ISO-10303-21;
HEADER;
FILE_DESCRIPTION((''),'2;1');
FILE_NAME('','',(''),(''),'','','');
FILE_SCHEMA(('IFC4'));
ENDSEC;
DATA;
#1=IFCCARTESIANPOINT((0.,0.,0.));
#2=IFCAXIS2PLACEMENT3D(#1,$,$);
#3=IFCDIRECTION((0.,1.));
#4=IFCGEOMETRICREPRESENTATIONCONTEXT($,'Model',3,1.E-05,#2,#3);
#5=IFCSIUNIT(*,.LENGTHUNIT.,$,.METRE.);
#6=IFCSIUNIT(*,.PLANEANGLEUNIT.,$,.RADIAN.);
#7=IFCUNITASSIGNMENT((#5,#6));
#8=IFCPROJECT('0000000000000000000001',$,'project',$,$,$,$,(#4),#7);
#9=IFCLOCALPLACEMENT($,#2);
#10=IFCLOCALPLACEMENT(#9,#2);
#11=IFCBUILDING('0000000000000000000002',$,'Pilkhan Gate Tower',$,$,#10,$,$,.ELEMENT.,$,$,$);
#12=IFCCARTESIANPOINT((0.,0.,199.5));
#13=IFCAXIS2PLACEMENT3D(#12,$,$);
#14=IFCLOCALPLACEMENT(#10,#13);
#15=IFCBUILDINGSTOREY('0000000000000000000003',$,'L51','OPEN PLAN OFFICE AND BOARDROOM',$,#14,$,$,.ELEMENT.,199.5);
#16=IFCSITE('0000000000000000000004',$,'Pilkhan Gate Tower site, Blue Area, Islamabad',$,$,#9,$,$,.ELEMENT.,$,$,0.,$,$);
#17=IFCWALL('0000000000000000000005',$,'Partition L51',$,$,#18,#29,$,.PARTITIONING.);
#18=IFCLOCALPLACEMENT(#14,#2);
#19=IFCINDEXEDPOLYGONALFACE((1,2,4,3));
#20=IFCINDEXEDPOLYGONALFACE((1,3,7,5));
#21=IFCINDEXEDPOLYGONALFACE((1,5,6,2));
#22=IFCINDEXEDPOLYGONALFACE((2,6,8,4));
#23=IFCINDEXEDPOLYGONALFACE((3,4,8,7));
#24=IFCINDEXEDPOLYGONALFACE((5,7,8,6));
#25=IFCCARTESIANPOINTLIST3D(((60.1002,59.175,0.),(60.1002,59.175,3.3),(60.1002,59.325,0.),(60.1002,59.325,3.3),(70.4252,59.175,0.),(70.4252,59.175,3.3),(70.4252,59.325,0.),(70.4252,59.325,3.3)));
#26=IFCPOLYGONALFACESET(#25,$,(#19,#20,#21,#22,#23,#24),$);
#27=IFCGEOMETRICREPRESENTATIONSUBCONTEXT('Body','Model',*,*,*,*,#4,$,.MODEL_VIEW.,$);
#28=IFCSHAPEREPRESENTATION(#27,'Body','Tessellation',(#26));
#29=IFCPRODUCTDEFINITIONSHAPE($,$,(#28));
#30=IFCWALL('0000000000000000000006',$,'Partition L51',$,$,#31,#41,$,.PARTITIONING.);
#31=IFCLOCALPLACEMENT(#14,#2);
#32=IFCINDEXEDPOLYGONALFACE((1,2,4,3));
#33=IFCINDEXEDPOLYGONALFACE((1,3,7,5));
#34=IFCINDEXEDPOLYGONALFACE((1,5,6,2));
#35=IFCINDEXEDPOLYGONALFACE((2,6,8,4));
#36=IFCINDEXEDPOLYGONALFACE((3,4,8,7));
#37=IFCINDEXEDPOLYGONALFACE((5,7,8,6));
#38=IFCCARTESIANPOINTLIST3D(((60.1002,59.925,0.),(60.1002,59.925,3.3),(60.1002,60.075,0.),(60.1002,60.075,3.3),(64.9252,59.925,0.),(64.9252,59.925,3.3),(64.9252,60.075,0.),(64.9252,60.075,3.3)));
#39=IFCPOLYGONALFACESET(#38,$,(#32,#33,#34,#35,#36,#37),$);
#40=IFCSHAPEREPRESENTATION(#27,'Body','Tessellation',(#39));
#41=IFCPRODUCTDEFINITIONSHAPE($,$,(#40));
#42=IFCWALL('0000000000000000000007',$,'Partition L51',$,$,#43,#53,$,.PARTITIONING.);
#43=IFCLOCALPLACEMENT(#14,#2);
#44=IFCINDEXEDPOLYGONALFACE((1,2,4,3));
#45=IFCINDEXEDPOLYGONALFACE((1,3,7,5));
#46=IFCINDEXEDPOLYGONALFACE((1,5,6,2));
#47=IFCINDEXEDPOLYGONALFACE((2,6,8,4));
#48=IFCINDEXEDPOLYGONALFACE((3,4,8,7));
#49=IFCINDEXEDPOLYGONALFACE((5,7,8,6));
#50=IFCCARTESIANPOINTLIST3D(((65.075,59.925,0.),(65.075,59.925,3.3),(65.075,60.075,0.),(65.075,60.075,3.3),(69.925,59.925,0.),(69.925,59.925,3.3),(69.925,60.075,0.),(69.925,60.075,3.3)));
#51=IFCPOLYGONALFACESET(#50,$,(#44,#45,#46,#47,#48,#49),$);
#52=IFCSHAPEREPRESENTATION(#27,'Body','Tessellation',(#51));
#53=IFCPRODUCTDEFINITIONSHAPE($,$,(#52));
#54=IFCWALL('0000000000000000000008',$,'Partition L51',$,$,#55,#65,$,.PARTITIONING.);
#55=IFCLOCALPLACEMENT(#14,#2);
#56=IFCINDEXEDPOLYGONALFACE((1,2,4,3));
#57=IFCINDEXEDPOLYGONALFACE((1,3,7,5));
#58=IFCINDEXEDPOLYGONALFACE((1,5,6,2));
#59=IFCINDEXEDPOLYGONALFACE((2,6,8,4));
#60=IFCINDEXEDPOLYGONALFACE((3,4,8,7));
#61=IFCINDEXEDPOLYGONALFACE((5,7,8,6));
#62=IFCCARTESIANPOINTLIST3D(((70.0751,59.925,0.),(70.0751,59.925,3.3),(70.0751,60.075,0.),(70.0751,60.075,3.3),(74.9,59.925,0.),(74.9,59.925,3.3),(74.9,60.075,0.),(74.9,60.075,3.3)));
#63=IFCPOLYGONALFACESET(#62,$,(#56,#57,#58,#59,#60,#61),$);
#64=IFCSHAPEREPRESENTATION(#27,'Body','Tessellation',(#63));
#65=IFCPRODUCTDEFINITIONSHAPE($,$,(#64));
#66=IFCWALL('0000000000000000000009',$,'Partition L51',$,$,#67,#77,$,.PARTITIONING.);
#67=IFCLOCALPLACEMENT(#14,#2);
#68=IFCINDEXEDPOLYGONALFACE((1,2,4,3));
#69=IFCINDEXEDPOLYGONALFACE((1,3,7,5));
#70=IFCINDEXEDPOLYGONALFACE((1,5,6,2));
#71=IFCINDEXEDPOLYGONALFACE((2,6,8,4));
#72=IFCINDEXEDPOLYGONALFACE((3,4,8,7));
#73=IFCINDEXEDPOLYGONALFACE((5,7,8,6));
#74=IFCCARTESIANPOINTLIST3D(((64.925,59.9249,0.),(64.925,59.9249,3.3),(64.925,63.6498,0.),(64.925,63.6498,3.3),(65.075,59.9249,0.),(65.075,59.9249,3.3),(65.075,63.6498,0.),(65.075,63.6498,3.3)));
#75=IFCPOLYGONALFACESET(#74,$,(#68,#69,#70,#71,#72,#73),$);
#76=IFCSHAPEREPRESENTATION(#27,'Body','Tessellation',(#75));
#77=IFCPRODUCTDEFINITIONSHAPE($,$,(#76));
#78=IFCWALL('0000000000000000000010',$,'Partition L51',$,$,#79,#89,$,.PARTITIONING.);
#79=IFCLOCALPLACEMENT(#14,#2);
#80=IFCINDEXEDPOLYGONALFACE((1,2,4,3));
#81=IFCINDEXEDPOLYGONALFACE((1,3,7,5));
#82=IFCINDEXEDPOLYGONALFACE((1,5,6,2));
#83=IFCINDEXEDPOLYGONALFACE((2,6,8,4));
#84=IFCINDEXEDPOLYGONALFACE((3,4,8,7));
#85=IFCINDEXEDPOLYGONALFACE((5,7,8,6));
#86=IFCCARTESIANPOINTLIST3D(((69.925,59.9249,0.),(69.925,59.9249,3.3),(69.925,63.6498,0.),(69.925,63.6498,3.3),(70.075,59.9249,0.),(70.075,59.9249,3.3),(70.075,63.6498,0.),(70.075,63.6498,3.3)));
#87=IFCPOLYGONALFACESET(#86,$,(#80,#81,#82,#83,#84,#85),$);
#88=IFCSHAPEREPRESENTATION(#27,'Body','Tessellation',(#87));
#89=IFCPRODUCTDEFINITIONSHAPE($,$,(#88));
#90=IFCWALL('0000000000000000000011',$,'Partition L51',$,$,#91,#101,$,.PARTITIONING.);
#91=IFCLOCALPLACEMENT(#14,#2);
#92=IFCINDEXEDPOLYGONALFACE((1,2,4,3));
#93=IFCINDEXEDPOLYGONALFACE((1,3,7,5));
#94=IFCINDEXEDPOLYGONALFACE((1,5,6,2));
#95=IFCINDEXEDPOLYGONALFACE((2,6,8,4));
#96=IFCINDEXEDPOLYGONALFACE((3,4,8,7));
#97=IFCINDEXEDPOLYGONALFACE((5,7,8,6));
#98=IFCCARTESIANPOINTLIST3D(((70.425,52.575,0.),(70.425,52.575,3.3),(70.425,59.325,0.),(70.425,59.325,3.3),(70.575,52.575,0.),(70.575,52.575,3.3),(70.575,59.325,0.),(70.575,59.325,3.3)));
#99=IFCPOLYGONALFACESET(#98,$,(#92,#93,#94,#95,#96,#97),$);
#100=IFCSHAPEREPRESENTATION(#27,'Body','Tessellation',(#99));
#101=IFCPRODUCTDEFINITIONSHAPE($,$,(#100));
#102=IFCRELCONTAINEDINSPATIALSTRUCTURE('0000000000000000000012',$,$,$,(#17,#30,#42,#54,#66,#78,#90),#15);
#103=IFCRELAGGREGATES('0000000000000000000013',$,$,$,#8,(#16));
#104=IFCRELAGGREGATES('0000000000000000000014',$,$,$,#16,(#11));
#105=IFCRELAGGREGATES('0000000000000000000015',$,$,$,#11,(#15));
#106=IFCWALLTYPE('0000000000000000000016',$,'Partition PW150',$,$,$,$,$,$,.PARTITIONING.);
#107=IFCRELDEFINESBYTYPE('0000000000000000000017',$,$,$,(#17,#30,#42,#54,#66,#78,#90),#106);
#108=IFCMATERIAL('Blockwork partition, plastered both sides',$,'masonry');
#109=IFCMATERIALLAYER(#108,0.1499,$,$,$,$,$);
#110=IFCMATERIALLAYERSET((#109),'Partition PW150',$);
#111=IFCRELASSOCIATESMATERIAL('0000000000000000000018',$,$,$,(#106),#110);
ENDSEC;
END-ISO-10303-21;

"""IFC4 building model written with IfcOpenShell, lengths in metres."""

from ifc_helpers import new_model, si_unit, direction, frame, frame_2d, origin, place, context, subcontext, project, spatial, rectangle, extrude, material, layer, layer_set, type_object, element, save


model = new_model("IFC4")

# Units and contexts
model_context = context("Model", 3, precision=1e-05, world=origin(), true_north=direction((0.0, 1.0)))
body_context = subcontext(model_context, "Body", "Model", "MODEL_VIEW")
ifc_project = project(units=[si_unit("LENGTHUNIT", "METRE"), si_unit("PLANEANGLEUNIT", "RADIAN")], contexts=[model_context])

# Site, building, storey
site_placement = place(None, origin())
site = spatial("IfcSite", under=ifc_project, at=site_placement, Name="Pilkhan Gate Tower site, Blue Area, Islamabad", CompositionType="ELEMENT", RefElevation=0.0)
building_placement = place(site_placement, origin())
building = spatial("IfcBuilding", under=site, at=building_placement, Name="Pilkhan Gate Tower", CompositionType="ELEMENT")
storey_placement = place(building_placement, frame((0.0, 0.0, 199.5)))
storey = spatial("IfcBuildingStorey", under=building, at=storey_placement, Name="L51", Description="OPEN PLAN OFFICE AND BOARDROOM", CompositionType="ELEMENT", Elevation=199.5)

# Walls
ifc_material_1 = material(Name="Blockwork partition, plastered both sides", Category="masonry")
ifc_layer_1 = layer(ifc_material_1, 0.1499)
ifc_layer_set_1 = layer_set([ifc_layer_1], Name="Partition PW150")
wall_type_1 = type_object("IfcWallType", Name="Partition PW150", PredefinedType="PARTITIONING", material=ifc_layer_set_1)
wall_1_placement = place(storey_placement, frame((60.1001, 59.25, 0.0), z_axis=(0.0, 0.0, 1.0), x_axis=(1.0, 0.0, 0.0)))
element("IfcWall", 1, at=wall_1_placement, inside=storey, type_object=wall_type_1, Name="Partition L51", PredefinedType="PARTITIONING", context=body_context, shape_type="SweptSolid", body=[
    extrude(rectangle(XDim=10.325, YDim=0.1499, at=frame_2d((5.1626, 0.0))), origin(), (0.0, 0.0, 1.0), 3.3),
])
wall_2_placement = place(storey_placement, frame((60.1001, 60.0, 0.0), z_axis=(0.0, 0.0, 1.0), x_axis=(1.0, 0.0, 0.0)))
element("IfcWall", 2, at=wall_2_placement, inside=storey, type_object=wall_type_1, Name="Partition L51", PredefinedType="PARTITIONING", context=body_context, shape_type="SweptSolid", body=[
    extrude(rectangle(XDim=4.825, YDim=0.1499, at=frame_2d((2.4126, 0.0))), origin(), (0.0, 0.0, 1.0), 3.3),
])
wall_3_placement = place(storey_placement, frame((65.075, 60.0, 0.0), z_axis=(0.0, 0.0, 1.0), x_axis=(1.0, 0.0, 0.0)))
element("IfcWall", 3, at=wall_3_placement, inside=storey, type_object=wall_type_1, Name="Partition L51", PredefinedType="PARTITIONING", context=body_context, shape_type="SweptSolid", body=[
    extrude(rectangle(XDim=4.8501, YDim=0.1499, at=frame_2d((2.425, 0.0))), origin(), (0.0, 0.0, 1.0), 3.3),
])
wall_4_placement = place(storey_placement, frame((70.075, 60.0, 0.0), z_axis=(0.0, 0.0, 1.0), x_axis=(1.0, 0.0, 0.0)))
element("IfcWall", 4, at=wall_4_placement, inside=storey, type_object=wall_type_1, Name="Partition L51", PredefinedType="PARTITIONING", context=body_context, shape_type="SweptSolid", body=[
    extrude(rectangle(XDim=4.825, YDim=0.1499, at=frame_2d((2.4126, 0.0))), origin(), (0.0, 0.0, 1.0), 3.3),
])
for number, where, z_axis, x_axis, name in (
    (5, (65.0, 59.925, 0.0), (0.0, 0.0, 1.0), (0.0, 1.0, 0.0), "Partition L51"),
    (6, (70.0, 59.925, 0.0), (0.0, 0.0, 1.0), (0.0, 1.0, 0.0), "Partition L51"),
):
    element("IfcWall", number, at=place(storey_placement, frame(where, z_axis=z_axis, x_axis=x_axis)), inside=storey, type_object=wall_type_1, Name=name, PredefinedType="PARTITIONING", context=body_context, shape_type="SweptSolid", body=[
        extrude(rectangle(XDim=3.7249, YDim=0.1499, at=frame_2d((1.8623, 0.0))), origin(), (0.0, 0.0, 1.0), 3.3),
    ])
wall_5_placement = place(storey_placement, frame((70.5, 52.575, 0.0), z_axis=(0.0, 0.0, 1.0), x_axis=(0.0, 1.0, 0.0)))
element("IfcWall", 7, at=wall_5_placement, inside=storey, type_object=wall_type_1, Name="Partition L51", PredefinedType="PARTITIONING", context=body_context, shape_type="SweptSolid", body=[
    extrude(rectangle(XDim=6.75, YDim=0.1499, at=frame_2d((3.375, 0.0))), origin(), (0.0, 0.0, 1.0), 3.3),
])

save(model, "model.ifc")
